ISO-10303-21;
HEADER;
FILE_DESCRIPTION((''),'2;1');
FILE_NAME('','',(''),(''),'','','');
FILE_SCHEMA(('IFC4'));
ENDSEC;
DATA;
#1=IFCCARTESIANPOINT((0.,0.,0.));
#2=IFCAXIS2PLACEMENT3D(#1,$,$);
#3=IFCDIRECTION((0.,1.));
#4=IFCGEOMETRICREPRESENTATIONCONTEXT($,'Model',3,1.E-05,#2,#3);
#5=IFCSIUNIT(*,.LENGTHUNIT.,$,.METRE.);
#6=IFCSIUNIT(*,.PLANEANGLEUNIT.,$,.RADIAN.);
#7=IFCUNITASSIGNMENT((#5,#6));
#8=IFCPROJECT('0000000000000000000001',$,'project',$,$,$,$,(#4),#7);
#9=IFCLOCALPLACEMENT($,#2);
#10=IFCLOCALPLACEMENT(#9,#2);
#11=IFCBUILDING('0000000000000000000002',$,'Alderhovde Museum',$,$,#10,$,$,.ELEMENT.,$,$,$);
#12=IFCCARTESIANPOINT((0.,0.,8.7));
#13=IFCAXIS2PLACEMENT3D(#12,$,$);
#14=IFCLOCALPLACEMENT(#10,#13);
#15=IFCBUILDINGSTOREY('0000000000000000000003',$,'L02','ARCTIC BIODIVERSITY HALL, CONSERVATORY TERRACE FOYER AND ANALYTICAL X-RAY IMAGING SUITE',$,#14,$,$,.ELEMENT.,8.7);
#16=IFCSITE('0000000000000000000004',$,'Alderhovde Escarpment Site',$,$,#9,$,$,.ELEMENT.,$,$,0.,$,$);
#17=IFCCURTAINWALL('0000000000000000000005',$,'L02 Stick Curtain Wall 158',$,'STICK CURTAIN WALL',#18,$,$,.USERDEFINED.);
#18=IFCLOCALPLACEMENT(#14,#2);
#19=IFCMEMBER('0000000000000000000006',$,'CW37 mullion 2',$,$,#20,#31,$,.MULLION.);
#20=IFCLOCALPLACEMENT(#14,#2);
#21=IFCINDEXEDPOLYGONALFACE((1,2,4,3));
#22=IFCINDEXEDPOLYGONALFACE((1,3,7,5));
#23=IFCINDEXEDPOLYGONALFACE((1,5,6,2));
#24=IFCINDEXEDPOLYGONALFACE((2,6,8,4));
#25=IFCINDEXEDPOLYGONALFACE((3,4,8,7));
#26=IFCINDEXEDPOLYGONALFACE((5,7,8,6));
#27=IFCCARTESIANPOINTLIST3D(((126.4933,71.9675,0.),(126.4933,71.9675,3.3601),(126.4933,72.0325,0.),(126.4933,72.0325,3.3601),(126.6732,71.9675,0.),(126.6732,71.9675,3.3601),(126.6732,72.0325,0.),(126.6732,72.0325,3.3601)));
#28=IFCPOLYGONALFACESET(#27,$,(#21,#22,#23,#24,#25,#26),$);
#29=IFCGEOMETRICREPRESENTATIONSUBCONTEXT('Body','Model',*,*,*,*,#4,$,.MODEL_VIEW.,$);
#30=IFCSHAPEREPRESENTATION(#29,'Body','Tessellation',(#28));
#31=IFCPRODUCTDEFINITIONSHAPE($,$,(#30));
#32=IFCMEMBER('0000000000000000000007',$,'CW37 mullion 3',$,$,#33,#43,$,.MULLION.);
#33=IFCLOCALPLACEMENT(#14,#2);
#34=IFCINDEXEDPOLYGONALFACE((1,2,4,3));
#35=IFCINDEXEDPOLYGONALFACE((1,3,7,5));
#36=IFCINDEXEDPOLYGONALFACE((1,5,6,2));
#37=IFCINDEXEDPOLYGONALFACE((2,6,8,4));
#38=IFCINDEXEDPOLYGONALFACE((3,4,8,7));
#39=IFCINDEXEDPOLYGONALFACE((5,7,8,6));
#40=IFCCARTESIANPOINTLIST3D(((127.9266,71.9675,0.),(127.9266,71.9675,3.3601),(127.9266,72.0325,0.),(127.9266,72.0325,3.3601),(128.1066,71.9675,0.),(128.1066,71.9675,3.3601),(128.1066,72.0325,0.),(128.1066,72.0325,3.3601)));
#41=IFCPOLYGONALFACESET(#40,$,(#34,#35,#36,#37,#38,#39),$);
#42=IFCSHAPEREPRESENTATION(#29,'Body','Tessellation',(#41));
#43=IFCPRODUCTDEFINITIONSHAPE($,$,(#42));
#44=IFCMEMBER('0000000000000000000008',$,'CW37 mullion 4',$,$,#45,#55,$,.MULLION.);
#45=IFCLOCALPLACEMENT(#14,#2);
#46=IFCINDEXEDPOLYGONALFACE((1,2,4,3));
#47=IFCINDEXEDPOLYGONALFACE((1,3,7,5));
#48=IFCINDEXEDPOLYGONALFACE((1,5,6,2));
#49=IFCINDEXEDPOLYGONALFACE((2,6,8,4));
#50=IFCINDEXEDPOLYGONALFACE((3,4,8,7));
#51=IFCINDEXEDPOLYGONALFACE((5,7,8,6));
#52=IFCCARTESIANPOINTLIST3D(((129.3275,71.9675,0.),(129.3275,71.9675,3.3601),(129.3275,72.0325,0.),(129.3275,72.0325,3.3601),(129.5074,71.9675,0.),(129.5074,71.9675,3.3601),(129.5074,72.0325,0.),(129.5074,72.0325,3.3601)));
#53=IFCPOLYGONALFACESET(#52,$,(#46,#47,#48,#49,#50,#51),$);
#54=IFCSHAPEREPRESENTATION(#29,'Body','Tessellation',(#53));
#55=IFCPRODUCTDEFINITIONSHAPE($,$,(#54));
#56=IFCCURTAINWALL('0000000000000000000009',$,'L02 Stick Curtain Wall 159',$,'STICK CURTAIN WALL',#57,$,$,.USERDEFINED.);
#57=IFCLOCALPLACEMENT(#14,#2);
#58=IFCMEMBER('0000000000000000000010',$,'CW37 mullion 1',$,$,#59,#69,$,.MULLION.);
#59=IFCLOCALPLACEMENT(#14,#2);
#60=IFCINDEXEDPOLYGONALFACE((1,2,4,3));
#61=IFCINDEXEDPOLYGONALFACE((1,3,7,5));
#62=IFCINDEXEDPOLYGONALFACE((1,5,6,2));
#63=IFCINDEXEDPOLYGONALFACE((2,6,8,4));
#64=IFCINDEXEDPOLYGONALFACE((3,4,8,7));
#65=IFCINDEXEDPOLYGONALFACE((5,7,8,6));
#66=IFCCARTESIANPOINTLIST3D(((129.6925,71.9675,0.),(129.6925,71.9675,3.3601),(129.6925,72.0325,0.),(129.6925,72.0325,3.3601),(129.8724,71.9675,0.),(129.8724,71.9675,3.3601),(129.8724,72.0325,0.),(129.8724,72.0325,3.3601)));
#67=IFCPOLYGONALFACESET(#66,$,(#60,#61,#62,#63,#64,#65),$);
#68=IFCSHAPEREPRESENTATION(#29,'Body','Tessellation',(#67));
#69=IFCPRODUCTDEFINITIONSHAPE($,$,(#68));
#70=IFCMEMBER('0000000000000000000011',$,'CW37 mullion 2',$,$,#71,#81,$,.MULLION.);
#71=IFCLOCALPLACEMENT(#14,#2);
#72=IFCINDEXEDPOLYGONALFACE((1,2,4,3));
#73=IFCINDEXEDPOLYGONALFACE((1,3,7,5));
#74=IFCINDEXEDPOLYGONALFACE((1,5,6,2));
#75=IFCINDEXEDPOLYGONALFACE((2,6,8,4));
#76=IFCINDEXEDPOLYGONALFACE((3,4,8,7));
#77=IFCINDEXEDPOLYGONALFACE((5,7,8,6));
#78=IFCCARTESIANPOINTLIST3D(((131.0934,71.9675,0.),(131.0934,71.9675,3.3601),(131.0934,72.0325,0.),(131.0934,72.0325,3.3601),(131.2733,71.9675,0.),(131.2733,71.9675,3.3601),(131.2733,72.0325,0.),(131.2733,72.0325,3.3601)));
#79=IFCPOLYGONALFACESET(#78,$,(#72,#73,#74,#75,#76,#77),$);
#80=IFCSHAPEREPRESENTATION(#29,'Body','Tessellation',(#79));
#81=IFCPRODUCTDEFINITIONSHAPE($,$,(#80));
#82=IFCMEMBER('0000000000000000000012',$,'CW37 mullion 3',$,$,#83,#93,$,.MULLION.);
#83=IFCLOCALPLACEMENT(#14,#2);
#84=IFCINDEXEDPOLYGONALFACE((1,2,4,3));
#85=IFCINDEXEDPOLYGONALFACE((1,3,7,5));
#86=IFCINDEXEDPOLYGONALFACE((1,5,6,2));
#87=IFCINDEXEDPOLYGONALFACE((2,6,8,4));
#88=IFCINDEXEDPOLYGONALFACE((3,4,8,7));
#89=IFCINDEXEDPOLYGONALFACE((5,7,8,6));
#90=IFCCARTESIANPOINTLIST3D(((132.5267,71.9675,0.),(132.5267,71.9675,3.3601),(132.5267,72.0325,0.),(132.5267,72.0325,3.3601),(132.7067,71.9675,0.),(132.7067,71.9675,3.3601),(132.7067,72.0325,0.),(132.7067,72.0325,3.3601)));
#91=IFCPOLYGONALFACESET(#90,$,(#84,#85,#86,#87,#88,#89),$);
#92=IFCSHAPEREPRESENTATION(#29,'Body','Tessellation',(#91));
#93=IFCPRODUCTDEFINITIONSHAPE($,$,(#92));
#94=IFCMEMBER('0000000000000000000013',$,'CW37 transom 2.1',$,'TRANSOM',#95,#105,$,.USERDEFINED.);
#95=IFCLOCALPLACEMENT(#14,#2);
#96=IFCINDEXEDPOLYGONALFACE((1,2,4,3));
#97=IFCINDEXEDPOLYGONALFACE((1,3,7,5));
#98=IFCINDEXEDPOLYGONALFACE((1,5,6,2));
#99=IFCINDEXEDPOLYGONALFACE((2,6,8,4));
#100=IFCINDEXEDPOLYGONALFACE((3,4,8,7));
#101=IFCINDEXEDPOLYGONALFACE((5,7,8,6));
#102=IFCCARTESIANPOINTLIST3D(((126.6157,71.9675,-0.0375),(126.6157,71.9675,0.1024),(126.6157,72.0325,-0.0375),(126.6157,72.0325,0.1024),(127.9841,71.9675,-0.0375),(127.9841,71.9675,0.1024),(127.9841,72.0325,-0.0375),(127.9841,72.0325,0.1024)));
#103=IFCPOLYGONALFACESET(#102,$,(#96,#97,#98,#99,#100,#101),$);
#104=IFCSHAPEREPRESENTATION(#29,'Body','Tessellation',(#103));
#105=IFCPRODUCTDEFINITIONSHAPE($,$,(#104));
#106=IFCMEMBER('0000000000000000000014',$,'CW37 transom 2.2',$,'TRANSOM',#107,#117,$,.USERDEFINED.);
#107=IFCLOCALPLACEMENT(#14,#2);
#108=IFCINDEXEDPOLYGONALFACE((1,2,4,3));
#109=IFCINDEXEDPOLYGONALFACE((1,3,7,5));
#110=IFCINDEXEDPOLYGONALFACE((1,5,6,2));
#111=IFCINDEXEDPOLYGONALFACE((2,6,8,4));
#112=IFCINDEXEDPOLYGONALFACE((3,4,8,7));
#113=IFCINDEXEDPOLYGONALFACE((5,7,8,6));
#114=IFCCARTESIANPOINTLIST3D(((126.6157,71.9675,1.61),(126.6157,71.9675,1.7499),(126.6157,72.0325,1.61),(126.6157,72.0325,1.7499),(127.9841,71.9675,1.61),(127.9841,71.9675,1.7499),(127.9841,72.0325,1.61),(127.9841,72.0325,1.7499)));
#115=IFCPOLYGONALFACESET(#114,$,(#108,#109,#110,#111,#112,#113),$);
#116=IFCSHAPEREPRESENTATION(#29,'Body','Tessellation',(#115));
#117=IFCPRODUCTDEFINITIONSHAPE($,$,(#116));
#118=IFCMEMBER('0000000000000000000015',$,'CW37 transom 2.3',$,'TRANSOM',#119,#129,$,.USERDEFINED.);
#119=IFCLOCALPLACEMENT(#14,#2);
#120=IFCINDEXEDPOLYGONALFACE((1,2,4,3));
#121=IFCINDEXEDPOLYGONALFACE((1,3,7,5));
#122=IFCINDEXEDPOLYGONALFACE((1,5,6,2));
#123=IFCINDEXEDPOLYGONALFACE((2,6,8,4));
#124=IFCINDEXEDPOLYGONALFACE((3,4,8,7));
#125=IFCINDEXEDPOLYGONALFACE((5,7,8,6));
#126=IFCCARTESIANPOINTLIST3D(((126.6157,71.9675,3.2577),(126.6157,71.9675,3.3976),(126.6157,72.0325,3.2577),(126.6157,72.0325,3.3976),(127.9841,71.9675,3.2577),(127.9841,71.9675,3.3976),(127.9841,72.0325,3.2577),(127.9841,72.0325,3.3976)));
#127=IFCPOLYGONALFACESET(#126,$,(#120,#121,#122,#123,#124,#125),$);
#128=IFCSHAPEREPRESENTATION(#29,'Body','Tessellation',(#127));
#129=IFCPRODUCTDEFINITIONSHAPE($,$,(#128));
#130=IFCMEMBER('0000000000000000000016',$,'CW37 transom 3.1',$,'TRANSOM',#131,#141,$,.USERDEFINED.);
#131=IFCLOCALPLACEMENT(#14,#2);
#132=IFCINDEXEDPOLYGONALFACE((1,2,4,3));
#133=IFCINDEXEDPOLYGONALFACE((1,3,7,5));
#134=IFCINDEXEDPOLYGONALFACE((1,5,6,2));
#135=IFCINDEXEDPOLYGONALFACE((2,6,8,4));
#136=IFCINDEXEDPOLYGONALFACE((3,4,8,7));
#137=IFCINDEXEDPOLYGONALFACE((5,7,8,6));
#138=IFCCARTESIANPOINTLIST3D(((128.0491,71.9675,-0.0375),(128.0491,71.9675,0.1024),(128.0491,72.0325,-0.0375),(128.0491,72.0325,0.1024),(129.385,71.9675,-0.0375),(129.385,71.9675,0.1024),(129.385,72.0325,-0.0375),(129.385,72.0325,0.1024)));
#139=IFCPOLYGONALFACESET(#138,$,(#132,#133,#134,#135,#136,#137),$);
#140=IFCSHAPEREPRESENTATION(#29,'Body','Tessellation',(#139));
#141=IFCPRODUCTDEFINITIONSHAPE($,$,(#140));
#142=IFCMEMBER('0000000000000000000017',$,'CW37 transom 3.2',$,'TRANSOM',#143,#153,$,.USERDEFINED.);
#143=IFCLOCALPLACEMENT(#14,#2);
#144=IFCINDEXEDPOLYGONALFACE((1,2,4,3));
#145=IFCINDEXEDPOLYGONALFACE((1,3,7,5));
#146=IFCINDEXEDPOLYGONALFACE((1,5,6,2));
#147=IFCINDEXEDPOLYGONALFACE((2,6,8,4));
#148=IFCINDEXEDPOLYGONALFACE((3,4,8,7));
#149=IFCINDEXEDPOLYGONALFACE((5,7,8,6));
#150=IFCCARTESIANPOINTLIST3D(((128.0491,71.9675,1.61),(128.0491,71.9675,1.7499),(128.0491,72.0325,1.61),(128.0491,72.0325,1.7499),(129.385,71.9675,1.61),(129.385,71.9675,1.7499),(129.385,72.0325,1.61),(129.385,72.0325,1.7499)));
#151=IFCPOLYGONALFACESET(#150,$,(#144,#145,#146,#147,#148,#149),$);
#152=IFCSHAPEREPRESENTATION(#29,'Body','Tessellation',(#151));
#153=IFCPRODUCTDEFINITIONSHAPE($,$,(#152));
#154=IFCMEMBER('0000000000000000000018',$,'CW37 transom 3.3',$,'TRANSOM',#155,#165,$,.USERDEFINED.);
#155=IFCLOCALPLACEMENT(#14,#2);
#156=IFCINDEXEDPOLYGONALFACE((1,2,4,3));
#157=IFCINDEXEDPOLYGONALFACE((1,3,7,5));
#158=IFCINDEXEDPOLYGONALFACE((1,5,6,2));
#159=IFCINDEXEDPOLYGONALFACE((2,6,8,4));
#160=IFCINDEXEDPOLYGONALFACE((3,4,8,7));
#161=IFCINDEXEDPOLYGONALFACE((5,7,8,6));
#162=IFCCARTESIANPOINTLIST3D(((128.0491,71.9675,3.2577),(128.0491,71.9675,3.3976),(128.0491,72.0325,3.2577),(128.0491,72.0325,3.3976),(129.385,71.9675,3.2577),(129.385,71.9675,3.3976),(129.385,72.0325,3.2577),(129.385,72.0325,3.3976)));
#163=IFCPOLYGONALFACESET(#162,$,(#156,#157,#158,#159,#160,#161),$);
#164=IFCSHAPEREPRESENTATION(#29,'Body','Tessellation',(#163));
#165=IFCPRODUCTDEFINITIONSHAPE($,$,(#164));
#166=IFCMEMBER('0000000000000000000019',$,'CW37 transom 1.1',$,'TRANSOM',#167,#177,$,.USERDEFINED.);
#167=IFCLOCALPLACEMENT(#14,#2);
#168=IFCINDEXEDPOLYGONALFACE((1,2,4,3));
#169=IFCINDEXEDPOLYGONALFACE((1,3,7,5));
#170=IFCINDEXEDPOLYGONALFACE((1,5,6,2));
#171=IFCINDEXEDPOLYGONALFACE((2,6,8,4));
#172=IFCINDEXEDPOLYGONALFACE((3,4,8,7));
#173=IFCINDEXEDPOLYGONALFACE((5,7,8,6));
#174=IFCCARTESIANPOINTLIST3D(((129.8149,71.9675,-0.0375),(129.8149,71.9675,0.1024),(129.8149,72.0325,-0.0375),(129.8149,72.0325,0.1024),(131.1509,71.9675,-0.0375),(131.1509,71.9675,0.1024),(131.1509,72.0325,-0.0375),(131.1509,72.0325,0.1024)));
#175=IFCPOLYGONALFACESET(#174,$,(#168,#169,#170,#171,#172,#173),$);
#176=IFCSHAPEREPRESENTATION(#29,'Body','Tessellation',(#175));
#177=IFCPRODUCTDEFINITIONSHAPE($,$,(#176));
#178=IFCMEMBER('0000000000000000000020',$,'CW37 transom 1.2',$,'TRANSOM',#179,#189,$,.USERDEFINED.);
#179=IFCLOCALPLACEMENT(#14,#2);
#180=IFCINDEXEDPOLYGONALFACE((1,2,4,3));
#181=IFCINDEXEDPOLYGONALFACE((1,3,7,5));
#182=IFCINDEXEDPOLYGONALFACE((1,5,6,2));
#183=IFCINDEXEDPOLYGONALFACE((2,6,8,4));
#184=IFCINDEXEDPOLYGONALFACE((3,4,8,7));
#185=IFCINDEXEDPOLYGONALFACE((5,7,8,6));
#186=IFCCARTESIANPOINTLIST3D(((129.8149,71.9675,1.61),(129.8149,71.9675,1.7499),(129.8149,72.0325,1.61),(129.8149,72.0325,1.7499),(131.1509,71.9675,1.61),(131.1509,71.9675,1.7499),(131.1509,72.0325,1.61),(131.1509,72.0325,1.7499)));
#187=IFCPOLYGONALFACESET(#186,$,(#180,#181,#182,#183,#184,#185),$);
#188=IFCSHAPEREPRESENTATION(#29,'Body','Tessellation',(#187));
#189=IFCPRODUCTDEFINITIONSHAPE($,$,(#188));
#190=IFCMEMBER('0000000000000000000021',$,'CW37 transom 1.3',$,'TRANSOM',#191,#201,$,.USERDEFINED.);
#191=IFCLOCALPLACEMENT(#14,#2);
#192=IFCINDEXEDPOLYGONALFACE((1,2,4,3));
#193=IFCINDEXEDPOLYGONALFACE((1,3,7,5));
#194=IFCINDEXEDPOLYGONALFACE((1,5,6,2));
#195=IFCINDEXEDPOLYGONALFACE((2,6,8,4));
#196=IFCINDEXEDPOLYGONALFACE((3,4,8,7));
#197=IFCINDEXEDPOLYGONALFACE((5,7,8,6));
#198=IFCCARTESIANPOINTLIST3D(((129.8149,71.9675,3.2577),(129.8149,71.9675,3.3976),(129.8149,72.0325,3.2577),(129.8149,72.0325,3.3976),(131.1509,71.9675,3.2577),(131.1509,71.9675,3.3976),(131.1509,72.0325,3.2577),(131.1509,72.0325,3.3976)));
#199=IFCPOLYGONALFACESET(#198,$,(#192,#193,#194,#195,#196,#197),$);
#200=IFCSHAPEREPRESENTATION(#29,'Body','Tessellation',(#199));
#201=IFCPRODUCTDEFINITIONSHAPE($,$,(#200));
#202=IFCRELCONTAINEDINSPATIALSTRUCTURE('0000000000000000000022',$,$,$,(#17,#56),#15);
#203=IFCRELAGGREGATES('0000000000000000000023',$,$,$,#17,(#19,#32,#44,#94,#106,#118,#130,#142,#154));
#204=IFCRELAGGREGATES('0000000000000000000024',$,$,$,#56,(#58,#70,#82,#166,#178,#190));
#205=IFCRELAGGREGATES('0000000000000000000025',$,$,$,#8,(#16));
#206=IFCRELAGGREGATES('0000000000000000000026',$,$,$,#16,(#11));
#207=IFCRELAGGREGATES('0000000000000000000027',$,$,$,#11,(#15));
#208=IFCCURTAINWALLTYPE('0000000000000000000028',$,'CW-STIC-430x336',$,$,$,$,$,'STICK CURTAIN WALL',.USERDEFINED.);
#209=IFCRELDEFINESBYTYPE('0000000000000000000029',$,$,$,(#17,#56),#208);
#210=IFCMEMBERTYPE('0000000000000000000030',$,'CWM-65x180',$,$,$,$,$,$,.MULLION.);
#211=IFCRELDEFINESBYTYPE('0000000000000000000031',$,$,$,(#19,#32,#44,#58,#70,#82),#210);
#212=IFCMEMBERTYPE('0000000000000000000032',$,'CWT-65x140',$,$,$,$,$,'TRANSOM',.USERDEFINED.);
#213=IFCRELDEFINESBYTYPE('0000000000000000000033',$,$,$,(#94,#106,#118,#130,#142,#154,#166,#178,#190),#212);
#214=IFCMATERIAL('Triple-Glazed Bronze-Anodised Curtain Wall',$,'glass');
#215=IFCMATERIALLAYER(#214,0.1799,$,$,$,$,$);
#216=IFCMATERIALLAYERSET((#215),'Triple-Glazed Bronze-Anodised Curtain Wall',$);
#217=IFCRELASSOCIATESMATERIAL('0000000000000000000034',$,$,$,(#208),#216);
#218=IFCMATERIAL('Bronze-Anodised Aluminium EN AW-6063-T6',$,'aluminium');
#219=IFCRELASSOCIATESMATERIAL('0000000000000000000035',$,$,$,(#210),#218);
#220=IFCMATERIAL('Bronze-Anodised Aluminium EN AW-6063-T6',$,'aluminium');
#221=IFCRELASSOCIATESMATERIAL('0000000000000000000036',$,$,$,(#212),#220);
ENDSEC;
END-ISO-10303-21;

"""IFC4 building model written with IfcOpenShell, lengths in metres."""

from ifc_helpers import new_model, si_unit, direction, frame, origin, origin_2d, place, context, subcontext, project, spatial, rectangle, extrude, material, layer, layer_set, material_profile, profile_set, type_object, element, aggregate, save


model = new_model("IFC4")

# Units and contexts
model_context = context("Model", 3, precision=1e-05, world=origin(), true_north=direction((0.0, 1.0)))
body_context = subcontext(model_context, "Body", "Model", "MODEL_VIEW")
ifc_project = project(units=[si_unit("LENGTHUNIT", "METRE"), si_unit("PLANEANGLEUNIT", "RADIAN")], contexts=[model_context])

# Site, building, storey
site_placement = place(None, origin())
site = spatial("IfcSite", under=ifc_project, at=site_placement, Name="Alderhovde Escarpment Site", CompositionType="ELEMENT", RefElevation=0.0)
building_placement = place(site_placement, origin())
building = spatial("IfcBuilding", under=site, at=building_placement, Name="Alderhovde Museum", CompositionType="ELEMENT")
storey_placement = place(building_placement, frame((0.0, 0.0, 8.7)))
storey = spatial("IfcBuildingStorey", under=building, at=storey_placement, Name="L02", Description="ARCTIC BIODIVERSITY HALL, CONSERVATORY TERRACE FOYER AND ANALYTICAL X-RAY IMAGING SUITE", CompositionType="ELEMENT", Elevation=8.7)

# Curtain walls, members
ifc_material_1 = material(Name="Triple-Glazed Bronze-Anodised Curtain Wall", Category="glass")
ifc_layer_1 = layer(ifc_material_1, 0.1799)
ifc_layer_set_1 = layer_set([ifc_layer_1], Name="Triple-Glazed Bronze-Anodised Curtain Wall")
curtain_wall_type = type_object("IfcCurtainWallType", Name="CW-STIC-430x336", ElementType="STICK CURTAIN WALL", PredefinedType="USERDEFINED", material=ifc_layer_set_1)
curtain_wall_1_placement = place(storey_placement, origin())
curtain_wall_1 = element("IfcCurtainWall", 1, at=curtain_wall_1_placement, inside=storey, type_object=curtain_wall_type, Name="L02 Stick Curtain Wall 158", ObjectType="STICK CURTAIN WALL", PredefinedType="USERDEFINED")
ifc_material_2 = material(Name="Bronze-Anodised Aluminium EN AW-6063-T6", Category="aluminium")
ifc_material_profile_1 = material_profile(ifc_material_2, rectangle(XDim=0.0649, YDim=0.1799, at=origin_2d()), Name="MULLION 65x180")
ifc_profile_set_1 = profile_set([ifc_material_profile_1], Name="Bronze-Anodised Aluminium EN AW-6063-T6")
member_type_1 = type_object("IfcMemberType", Name="CWM-65x180", PredefinedType="MULLION", material=ifc_profile_set_1)
member_1_placement = place(storey_placement, frame((126.5833, 72.0, 0.0), z_axis=(0.0, 0.0, 1.0), x_axis=(0.0, 1.0, 0.0)))
member_1 = element("IfcMember", 2, at=member_1_placement, type_object=member_type_1, Name="CW37 mullion 2", PredefinedType="MULLION", context=body_context, shape_type="SweptSolid", body=[
    extrude(rectangle(XDim=0.0649, YDim=0.1799, at=origin_2d()), origin(), (0.0, 0.0, 1.0), 3.3601),
])
member_2_placement = place(storey_placement, frame((128.0166, 72.0, 0.0), z_axis=(0.0, 0.0, 1.0), x_axis=(0.0, 1.0, 0.0)))
member_2 = element("IfcMember", 3, at=member_2_placement, type_object=member_type_1, Name="CW37 mullion 3", PredefinedType="MULLION", context=body_context, shape_type="SweptSolid", body=[
    extrude(rectangle(XDim=0.0649, YDim=0.1799, at=origin_2d()), origin(), (0.0, 0.0, 1.0), 3.3601),
])
member_3_placement = place(storey_placement, frame((129.4175, 72.0, 0.0), z_axis=(0.0, 0.0, 1.0), x_axis=(0.0, 1.0, 0.0)))
member_3 = element("IfcMember", 4, at=member_3_placement, type_object=member_type_1, Name="CW37 mullion 4", PredefinedType="MULLION", context=body_context, shape_type="SweptSolid", body=[
    extrude(rectangle(XDim=0.0649, YDim=0.1799, at=origin_2d()), origin(), (0.0, 0.0, 1.0), 3.3601),
])
curtain_wall_2_placement = place(storey_placement, origin())
curtain_wall_2 = element("IfcCurtainWall", 5, at=curtain_wall_2_placement, inside=storey, type_object=curtain_wall_type, Name="L02 Stick Curtain Wall 159", ObjectType="STICK CURTAIN WALL", PredefinedType="USERDEFINED")
member_4_placement = place(storey_placement, frame((129.7825, 72.0, 0.0), z_axis=(0.0, 0.0, 1.0), x_axis=(0.0, 1.0, 0.0)))
member_4 = element("IfcMember", 6, at=member_4_placement, type_object=member_type_1, Name="CW37 mullion 1", PredefinedType="MULLION", context=body_context, shape_type="SweptSolid", body=[
    extrude(rectangle(XDim=0.0649, YDim=0.1799, at=origin_2d()), origin(), (0.0, 0.0, 1.0), 3.3601),
])
member_5_placement = place(storey_placement, frame((131.1833, 72.0, 0.0), z_axis=(0.0, 0.0, 1.0), x_axis=(0.0, 1.0, 0.0)))
member_5 = element("IfcMember", 7, at=member_5_placement, type_object=member_type_1, Name="CW37 mullion 2", PredefinedType="MULLION", context=body_context, shape_type="SweptSolid", body=[
    extrude(rectangle(XDim=0.0649, YDim=0.1799, at=origin_2d()), origin(), (0.0, 0.0, 1.0), 3.3601),
])
member_6_placement = place(storey_placement, frame((132.6167, 72.0, 0.0), z_axis=(0.0, 0.0, 1.0), x_axis=(0.0, 1.0, 0.0)))
member_6 = element("IfcMember", 8, at=member_6_placement, type_object=member_type_1, Name="CW37 mullion 3", PredefinedType="MULLION", context=body_context, shape_type="SweptSolid", body=[
    extrude(rectangle(XDim=0.0649, YDim=0.1799, at=origin_2d()), origin(), (0.0, 0.0, 1.0), 3.3601),
])

# Members
ifc_material_3 = material(Name="Bronze-Anodised Aluminium EN AW-6063-T6", Category="aluminium")
ifc_material_profile_2 = material_profile(ifc_material_3, rectangle(XDim=0.0649, YDim=0.1399, at=origin_2d()), Name="TRANSOM 65x140")
ifc_profile_set_2 = profile_set([ifc_material_profile_2], Name="Bronze-Anodised Aluminium EN AW-6063-T6")
member_type_2 = type_object("IfcMemberType", Name="CWT-65x140", ElementType="TRANSOM", PredefinedType="USERDEFINED", material=ifc_profile_set_2)
member_7_placement = place(storey_placement, frame((126.6157, 72.0, 0.0325), z_axis=(1.0, 0.0, 0.0), x_axis=(0.0, 1.0, 0.0)))
member_7 = element("IfcMember", 9, at=member_7_placement, type_object=member_type_2, Name="CW37 transom 2.1", ObjectType="TRANSOM", PredefinedType="USERDEFINED", context=body_context, shape_type="SweptSolid", body=[
    extrude(rectangle(XDim=0.0649, YDim=0.1399, at=origin_2d()), origin(), (0.0, 0.0, 1.0), 1.3684),
])
member_8_placement = place(storey_placement, frame((126.6157, 72.0, 1.6799), z_axis=(1.0, 0.0, 0.0), x_axis=(0.0, 1.0, 0.0)))
member_8 = element("IfcMember", 10, at=member_8_placement, type_object=member_type_2, Name="CW37 transom 2.2", ObjectType="TRANSOM", PredefinedType="USERDEFINED", context=body_context, shape_type="SweptSolid", body=[
    extrude(rectangle(XDim=0.0649, YDim=0.1399, at=origin_2d()), origin(), (0.0, 0.0, 1.0), 1.3684),
])
member_9_placement = place(storey_placement, frame((126.6157, 72.0, 3.3276), z_axis=(1.0, 0.0, 0.0), x_axis=(0.0, 1.0, 0.0)))
member_9 = element("IfcMember", 11, at=member_9_placement, type_object=member_type_2, Name="CW37 transom 2.3", ObjectType="TRANSOM", PredefinedType="USERDEFINED", context=body_context, shape_type="SweptSolid", body=[
    extrude(rectangle(XDim=0.0649, YDim=0.1399, at=origin_2d()), origin(), (0.0, 0.0, 1.0), 1.3684),
])
member_10_placement = place(storey_placement, frame((128.0491, 72.0, 0.0325), z_axis=(1.0, 0.0, 0.0), x_axis=(0.0, 1.0, 0.0)))
member_10 = element("IfcMember", 12, at=member_10_placement, type_object=member_type_2, Name="CW37 transom 3.1", ObjectType="TRANSOM", PredefinedType="USERDEFINED", context=body_context, shape_type="SweptSolid", body=[
    extrude(rectangle(XDim=0.0649, YDim=0.1399, at=origin_2d()), origin(), (0.0, 0.0, 1.0), 1.3359),
])
member_11_placement = place(storey_placement, frame((128.0491, 72.0, 1.6799), z_axis=(1.0, 0.0, 0.0), x_axis=(0.0, 1.0, 0.0)))
member_11 = element("IfcMember", 13, at=member_11_placement, type_object=member_type_2, Name="CW37 transom 3.2", ObjectType="TRANSOM", PredefinedType="USERDEFINED", context=body_context, shape_type="SweptSolid", body=[
    extrude(rectangle(XDim=0.0649, YDim=0.1399, at=origin_2d()), origin(), (0.0, 0.0, 1.0), 1.3359),
])
member_12_placement = place(storey_placement, frame((128.0491, 72.0, 3.3276), z_axis=(1.0, 0.0, 0.0), x_axis=(0.0, 1.0, 0.0)))
member_12 = element("IfcMember", 14, at=member_12_placement, type_object=member_type_2, Name="CW37 transom 3.3", ObjectType="TRANSOM", PredefinedType="USERDEFINED", context=body_context, shape_type="SweptSolid", body=[
    extrude(rectangle(XDim=0.0649, YDim=0.1399, at=origin_2d()), origin(), (0.0, 0.0, 1.0), 1.3359),
])
member_13_placement = place(storey_placement, frame((129.8149, 72.0, 0.0325), z_axis=(1.0, 0.0, 0.0), x_axis=(0.0, 1.0, 0.0)))
member_13 = element("IfcMember", 15, at=member_13_placement, type_object=member_type_2, Name="CW37 transom 1.1", ObjectType="TRANSOM", PredefinedType="USERDEFINED", context=body_context, shape_type="SweptSolid", body=[
    extrude(rectangle(XDim=0.0649, YDim=0.1399, at=origin_2d()), origin(), (0.0, 0.0, 1.0), 1.3359),
])
member_14_placement = place(storey_placement, frame((129.8149, 72.0, 1.6799), z_axis=(1.0, 0.0, 0.0), x_axis=(0.0, 1.0, 0.0)))
member_14 = element("IfcMember", 16, at=member_14_placement, type_object=member_type_2, Name="CW37 transom 1.2", ObjectType="TRANSOM", PredefinedType="USERDEFINED", context=body_context, shape_type="SweptSolid", body=[
    extrude(rectangle(XDim=0.0649, YDim=0.1399, at=origin_2d()), origin(), (0.0, 0.0, 1.0), 1.3359),
])
member_15_placement = place(storey_placement, frame((129.8149, 72.0, 3.3276), z_axis=(1.0, 0.0, 0.0), x_axis=(0.0, 1.0, 0.0)))
member_15 = element("IfcMember", 17, at=member_15_placement, type_object=member_type_2, Name="CW37 transom 1.3", ObjectType="TRANSOM", PredefinedType="USERDEFINED", context=body_context, shape_type="SweptSolid", body=[
    extrude(rectangle(XDim=0.0649, YDim=0.1399, at=origin_2d()), origin(), (0.0, 0.0, 1.0), 1.3359),
])

aggregate(curtain_wall_1, [member_1, member_2, member_3, member_7, member_8, member_9, member_10, member_11, member_12])
aggregate(curtain_wall_2, [member_4, member_5, member_6, member_13, member_14, member_15])

save(model, "model.ifc")
